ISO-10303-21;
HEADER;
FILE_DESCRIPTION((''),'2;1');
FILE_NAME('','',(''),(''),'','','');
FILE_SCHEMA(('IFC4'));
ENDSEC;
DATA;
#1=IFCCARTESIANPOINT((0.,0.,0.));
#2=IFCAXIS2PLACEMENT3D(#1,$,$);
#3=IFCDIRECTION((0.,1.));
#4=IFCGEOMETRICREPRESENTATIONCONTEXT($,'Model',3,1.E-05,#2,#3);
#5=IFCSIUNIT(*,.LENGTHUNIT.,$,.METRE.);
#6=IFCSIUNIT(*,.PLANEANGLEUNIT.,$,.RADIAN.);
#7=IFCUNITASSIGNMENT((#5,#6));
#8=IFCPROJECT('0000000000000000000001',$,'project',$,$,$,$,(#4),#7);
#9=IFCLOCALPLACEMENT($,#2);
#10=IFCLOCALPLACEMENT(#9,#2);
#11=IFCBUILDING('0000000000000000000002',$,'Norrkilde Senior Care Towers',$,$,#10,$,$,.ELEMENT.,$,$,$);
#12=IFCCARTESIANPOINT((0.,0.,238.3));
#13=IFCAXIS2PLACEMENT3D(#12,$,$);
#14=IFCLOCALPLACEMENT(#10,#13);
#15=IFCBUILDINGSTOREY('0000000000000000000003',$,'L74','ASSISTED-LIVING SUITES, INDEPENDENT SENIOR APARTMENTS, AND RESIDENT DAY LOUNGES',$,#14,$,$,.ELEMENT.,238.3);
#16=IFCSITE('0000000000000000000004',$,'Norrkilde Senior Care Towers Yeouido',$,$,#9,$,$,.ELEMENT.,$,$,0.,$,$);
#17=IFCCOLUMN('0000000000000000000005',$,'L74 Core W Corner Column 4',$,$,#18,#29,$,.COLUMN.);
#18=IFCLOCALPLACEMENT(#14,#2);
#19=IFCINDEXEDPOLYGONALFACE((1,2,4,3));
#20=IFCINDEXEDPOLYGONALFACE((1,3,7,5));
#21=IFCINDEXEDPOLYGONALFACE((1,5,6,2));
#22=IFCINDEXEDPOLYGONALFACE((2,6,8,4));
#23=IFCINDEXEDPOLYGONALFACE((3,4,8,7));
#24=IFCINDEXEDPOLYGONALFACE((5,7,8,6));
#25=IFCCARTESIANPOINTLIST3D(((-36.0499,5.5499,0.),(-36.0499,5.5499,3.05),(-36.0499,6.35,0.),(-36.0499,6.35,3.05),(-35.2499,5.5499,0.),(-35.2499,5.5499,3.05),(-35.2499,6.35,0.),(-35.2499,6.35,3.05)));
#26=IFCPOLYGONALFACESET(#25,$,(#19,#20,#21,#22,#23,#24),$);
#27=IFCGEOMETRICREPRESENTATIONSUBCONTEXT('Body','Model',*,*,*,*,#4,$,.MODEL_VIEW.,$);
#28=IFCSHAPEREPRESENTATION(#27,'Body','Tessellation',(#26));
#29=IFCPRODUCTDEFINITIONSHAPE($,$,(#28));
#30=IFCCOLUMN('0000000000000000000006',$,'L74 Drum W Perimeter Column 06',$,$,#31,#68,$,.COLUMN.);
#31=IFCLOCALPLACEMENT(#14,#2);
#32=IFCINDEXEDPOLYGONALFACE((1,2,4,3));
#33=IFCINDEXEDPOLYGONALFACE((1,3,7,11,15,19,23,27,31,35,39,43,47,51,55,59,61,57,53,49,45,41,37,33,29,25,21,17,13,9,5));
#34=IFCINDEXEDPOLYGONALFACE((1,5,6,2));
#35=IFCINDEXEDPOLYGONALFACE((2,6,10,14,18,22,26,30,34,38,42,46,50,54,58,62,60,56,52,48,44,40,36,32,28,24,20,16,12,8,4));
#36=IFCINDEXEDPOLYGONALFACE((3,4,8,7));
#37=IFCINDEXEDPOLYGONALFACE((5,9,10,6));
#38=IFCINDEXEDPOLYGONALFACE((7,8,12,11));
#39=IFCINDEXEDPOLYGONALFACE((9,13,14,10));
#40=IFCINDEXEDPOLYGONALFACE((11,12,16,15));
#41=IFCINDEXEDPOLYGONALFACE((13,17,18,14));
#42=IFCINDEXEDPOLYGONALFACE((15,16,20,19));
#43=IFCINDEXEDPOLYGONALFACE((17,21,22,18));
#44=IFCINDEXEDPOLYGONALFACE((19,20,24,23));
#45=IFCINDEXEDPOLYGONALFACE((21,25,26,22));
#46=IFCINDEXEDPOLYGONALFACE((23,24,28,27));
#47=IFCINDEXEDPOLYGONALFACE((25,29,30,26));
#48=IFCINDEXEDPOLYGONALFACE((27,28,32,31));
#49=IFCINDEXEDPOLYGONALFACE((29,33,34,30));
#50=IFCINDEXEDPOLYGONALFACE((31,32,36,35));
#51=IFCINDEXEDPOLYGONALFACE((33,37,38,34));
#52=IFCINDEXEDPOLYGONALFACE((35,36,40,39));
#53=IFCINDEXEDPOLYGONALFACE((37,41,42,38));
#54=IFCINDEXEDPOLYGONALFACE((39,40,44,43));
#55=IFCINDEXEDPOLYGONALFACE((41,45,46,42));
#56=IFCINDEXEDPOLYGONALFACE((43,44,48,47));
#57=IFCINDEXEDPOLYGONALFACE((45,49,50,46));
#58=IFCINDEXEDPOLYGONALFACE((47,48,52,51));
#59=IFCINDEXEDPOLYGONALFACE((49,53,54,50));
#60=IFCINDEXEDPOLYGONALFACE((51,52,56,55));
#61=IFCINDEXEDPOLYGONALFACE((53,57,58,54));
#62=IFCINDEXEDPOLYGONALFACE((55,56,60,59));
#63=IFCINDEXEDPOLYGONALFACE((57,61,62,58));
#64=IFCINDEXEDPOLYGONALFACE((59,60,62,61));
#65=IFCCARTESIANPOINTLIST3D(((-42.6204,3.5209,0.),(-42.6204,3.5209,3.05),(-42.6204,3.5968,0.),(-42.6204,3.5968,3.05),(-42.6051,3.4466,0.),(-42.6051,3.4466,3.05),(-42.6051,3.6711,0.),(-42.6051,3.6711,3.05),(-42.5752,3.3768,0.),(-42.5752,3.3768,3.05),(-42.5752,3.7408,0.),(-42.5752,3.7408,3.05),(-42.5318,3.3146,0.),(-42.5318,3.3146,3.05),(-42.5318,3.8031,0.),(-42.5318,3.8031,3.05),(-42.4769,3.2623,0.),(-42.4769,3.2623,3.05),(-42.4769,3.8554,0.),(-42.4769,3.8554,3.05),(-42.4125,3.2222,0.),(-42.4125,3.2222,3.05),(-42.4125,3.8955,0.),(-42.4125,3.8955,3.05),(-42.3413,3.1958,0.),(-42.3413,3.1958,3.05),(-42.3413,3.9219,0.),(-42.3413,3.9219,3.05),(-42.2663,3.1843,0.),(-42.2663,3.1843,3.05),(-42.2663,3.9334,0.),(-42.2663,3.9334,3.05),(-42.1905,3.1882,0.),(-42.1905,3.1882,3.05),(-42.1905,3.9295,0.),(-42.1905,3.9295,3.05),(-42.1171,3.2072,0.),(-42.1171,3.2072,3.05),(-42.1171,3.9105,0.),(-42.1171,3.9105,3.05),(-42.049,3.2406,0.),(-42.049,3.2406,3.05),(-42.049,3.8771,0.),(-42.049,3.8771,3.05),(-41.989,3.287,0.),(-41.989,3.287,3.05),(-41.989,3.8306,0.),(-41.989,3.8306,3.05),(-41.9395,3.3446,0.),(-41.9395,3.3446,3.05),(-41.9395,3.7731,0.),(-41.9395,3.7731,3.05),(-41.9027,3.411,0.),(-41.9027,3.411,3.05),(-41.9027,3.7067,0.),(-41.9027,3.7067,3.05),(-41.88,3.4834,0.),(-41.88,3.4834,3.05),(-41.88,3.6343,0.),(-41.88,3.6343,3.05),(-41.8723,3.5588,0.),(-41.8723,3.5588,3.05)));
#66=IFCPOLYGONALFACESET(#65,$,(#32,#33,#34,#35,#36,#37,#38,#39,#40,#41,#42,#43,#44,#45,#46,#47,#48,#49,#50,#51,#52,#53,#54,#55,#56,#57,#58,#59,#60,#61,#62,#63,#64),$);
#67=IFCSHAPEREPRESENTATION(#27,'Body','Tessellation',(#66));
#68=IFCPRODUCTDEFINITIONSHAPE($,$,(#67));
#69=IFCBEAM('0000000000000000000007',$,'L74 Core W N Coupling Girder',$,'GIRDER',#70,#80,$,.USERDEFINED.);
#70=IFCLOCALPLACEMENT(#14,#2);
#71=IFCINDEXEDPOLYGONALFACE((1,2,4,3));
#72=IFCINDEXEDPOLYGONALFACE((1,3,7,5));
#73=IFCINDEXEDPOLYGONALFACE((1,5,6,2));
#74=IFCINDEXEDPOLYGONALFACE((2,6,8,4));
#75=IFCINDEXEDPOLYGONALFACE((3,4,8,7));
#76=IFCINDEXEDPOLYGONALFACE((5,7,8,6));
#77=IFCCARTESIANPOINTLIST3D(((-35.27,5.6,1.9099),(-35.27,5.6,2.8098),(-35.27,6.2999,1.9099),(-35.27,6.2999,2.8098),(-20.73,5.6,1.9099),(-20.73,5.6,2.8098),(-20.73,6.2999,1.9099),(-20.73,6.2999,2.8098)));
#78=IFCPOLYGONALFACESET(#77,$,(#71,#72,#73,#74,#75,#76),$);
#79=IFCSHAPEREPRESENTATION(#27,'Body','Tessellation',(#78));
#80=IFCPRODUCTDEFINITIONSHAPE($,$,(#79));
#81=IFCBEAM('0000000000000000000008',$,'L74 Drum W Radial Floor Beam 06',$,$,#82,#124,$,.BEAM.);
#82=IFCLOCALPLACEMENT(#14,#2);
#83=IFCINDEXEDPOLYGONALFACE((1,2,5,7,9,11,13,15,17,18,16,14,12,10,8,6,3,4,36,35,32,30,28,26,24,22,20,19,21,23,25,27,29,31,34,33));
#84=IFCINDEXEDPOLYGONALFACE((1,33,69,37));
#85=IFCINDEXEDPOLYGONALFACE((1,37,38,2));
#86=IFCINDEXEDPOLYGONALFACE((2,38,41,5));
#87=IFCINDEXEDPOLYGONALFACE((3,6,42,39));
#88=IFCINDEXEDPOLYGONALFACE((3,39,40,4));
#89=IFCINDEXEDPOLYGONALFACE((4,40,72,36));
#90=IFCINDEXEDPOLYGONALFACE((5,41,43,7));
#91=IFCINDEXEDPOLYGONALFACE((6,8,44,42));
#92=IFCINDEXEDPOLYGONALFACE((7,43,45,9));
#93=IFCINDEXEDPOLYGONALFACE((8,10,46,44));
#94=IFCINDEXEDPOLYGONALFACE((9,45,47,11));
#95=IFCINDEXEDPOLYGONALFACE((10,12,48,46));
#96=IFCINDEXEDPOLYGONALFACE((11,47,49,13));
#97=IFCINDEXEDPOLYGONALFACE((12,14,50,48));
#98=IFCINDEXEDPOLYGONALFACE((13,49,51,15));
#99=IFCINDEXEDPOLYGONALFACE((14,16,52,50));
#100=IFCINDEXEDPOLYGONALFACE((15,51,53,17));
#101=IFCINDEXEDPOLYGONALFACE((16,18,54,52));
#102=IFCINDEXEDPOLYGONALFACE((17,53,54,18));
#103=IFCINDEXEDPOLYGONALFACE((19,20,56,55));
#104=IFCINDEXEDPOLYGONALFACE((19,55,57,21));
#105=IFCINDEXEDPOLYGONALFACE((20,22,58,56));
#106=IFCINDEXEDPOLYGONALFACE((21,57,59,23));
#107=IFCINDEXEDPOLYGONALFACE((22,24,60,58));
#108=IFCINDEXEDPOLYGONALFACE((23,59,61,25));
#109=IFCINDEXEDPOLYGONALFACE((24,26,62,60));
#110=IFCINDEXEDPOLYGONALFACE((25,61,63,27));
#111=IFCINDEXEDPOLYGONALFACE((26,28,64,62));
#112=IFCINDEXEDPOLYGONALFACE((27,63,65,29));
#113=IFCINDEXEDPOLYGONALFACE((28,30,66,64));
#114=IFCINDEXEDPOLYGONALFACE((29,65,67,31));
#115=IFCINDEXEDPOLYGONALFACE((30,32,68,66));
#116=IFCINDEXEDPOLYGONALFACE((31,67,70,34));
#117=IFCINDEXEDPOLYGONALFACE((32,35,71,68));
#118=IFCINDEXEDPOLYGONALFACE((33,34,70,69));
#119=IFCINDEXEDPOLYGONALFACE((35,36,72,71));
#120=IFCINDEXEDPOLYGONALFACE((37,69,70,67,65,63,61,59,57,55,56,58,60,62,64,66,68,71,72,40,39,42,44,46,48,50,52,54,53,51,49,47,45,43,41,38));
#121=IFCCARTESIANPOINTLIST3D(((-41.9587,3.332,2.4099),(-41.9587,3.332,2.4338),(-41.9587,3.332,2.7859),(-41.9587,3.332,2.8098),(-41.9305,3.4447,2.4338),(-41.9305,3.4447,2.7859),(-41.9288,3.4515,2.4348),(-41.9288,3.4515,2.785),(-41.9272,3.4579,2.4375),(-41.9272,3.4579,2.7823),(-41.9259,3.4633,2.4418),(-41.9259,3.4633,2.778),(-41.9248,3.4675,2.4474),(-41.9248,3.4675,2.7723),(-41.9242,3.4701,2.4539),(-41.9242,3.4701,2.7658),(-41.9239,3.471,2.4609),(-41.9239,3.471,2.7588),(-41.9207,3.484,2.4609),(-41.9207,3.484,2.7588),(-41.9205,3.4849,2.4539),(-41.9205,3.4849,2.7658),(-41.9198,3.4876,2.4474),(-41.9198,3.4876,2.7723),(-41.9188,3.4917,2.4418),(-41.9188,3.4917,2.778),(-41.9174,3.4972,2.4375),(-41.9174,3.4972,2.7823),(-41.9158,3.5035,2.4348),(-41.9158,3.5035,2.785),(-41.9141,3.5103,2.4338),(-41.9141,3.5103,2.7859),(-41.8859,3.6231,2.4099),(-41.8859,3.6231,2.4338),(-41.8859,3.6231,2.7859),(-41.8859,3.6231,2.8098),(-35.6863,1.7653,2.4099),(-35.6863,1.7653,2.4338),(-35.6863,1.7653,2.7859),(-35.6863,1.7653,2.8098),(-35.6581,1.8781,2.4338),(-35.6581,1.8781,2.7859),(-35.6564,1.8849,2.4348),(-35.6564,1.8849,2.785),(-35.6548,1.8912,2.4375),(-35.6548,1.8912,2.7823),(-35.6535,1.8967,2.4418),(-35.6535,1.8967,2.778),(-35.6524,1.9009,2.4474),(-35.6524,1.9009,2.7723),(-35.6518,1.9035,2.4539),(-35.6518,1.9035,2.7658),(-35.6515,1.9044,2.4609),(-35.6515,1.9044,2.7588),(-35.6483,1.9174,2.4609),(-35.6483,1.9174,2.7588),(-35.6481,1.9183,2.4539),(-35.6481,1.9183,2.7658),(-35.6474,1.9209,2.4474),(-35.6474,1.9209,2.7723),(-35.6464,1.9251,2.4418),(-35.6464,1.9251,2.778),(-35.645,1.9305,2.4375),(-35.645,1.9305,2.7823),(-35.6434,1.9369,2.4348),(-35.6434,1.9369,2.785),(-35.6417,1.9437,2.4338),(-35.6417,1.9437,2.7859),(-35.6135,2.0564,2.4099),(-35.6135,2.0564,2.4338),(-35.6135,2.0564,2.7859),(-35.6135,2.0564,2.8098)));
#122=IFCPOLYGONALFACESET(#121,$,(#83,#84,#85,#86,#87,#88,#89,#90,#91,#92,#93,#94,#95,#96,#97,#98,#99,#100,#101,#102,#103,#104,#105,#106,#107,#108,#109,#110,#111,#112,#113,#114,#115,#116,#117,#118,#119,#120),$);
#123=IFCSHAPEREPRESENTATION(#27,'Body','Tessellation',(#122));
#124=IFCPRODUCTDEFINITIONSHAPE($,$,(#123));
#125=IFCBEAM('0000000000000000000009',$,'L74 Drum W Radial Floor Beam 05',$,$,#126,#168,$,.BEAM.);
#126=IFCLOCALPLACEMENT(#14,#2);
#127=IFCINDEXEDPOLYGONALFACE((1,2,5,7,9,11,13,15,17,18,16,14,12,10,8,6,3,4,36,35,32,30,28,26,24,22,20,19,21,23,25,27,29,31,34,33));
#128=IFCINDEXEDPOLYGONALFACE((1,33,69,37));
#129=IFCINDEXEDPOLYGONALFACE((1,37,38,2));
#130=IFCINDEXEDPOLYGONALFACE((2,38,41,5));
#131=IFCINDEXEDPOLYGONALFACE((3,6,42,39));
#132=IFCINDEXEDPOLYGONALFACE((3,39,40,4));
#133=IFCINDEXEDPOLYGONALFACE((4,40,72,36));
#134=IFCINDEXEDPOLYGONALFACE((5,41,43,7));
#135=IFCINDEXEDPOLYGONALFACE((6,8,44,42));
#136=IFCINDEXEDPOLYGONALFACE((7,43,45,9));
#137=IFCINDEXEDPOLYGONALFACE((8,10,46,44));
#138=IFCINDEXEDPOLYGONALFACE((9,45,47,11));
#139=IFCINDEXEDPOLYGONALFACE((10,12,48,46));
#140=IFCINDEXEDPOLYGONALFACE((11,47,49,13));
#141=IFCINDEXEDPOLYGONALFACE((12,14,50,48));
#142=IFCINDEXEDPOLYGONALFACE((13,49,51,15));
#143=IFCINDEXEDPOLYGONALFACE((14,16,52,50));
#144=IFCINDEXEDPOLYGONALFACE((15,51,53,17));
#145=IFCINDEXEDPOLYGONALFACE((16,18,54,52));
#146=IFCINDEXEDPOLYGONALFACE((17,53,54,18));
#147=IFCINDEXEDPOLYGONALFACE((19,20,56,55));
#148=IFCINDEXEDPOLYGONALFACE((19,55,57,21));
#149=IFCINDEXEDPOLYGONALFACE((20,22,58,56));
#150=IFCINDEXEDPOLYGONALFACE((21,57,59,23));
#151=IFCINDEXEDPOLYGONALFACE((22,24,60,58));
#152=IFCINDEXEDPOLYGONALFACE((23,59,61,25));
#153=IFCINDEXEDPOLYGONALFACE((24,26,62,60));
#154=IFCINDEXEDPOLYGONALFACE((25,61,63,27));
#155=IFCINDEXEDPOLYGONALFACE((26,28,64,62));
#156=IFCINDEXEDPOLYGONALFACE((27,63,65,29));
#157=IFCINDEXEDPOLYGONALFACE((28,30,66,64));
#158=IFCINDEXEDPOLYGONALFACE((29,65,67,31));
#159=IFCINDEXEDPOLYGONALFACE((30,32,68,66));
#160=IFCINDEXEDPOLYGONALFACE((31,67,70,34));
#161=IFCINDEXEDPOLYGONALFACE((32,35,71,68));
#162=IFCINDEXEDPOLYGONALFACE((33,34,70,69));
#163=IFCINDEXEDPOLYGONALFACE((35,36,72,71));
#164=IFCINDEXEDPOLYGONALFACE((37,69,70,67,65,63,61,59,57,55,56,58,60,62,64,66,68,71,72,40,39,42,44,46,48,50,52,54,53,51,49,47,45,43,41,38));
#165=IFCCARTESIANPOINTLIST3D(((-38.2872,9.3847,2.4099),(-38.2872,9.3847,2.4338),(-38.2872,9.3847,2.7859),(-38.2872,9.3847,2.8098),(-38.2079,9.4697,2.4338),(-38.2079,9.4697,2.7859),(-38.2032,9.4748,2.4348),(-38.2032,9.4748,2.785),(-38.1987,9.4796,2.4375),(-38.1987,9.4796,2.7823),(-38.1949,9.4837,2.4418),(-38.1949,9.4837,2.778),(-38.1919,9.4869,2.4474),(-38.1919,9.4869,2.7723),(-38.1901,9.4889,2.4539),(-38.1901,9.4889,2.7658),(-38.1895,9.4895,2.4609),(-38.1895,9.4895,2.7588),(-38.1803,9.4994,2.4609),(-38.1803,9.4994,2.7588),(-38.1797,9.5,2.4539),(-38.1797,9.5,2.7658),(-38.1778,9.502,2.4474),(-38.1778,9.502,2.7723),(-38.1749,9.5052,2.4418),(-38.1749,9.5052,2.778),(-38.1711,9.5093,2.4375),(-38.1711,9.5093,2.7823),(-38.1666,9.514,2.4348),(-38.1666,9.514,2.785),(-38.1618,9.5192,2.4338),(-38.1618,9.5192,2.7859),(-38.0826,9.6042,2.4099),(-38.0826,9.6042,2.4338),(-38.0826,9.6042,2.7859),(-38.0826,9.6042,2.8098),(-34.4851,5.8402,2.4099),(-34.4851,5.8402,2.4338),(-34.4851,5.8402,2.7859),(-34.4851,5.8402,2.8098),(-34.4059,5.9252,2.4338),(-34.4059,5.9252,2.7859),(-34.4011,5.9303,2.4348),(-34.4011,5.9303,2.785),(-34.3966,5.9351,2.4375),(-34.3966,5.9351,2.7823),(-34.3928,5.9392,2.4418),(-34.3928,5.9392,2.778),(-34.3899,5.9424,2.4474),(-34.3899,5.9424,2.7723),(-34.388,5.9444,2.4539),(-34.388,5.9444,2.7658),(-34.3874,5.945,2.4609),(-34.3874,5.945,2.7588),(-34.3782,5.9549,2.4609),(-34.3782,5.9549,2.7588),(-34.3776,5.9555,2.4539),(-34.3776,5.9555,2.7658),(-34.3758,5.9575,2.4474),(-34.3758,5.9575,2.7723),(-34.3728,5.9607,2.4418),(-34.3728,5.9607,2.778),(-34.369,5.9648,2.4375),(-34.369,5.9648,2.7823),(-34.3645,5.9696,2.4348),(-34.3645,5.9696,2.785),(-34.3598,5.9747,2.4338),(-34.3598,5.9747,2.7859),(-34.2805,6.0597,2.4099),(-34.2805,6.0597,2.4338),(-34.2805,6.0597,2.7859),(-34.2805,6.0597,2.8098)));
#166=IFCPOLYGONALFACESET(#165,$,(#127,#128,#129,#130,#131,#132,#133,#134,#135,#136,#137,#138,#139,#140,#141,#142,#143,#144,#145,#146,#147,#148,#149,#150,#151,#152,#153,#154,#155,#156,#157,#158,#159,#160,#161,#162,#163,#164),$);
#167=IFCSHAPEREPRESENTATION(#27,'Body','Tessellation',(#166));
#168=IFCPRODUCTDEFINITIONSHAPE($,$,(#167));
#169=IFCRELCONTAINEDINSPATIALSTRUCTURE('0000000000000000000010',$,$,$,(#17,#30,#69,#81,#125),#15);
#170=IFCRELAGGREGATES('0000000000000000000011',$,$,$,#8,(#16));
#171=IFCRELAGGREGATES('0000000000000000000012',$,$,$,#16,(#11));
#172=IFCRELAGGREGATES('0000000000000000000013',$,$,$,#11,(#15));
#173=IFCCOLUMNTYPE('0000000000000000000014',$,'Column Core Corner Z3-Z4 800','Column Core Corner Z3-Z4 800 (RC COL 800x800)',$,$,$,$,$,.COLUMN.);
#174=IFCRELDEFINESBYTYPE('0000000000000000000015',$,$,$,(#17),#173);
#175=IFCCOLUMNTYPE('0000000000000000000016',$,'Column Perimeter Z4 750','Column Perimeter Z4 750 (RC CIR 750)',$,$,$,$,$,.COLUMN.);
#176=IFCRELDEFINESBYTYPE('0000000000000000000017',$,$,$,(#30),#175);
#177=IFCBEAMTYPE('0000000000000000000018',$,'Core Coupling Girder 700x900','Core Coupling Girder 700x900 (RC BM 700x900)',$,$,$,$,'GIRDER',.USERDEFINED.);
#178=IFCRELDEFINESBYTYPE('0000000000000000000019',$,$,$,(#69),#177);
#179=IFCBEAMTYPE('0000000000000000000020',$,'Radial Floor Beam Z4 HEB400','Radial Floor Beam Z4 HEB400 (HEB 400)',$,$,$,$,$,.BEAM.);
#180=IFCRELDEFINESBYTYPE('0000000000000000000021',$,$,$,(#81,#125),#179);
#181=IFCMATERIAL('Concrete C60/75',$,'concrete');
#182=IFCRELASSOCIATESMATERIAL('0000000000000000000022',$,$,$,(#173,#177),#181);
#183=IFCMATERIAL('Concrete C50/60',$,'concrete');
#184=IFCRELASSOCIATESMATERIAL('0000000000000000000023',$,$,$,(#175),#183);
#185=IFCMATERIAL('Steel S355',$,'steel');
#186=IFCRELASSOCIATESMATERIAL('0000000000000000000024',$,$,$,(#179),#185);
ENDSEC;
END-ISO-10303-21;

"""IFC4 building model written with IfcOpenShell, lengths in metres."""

from ifc_helpers import new_model, si_unit, direction, frame, origin, origin_2d, place, context, subcontext, project, spatial, rectangle, circle, i_section, extrude, source, transform, mapped, material, material_profile, profile_set, type_object, type_shapes, element, save


model = new_model("IFC4")

# Units and contexts
model_context = context("Model", 3, precision=1e-05, world=origin(), true_north=direction((0.0, 1.0)))
body_context = subcontext(model_context, "Body", "Model", "MODEL_VIEW")
ifc_project = project(units=[si_unit("LENGTHUNIT", "METRE"), si_unit("PLANEANGLEUNIT", "RADIAN")], contexts=[model_context])

# Site, building, storey
site_placement = place(None, origin())
site = spatial("IfcSite", under=ifc_project, at=site_placement, Name="Norrkilde Senior Care Towers Yeouido", CompositionType="ELEMENT", RefElevation=0.0)
building_placement = place(site_placement, origin())
building = spatial("IfcBuilding", under=site, at=building_placement, Name="Norrkilde Senior Care Towers", CompositionType="ELEMENT")
storey_placement = place(building_placement, frame((0.0, 0.0, 238.3)))
storey = spatial("IfcBuildingStorey", under=building, at=storey_placement, Name="L74", Description="ASSISTED-LIVING SUITES, INDEPENDENT SENIOR APARTMENTS, AND RESIDENT DAY LOUNGES", CompositionType="ELEMENT", Elevation=238.3)

# Columns
ifc_material_1 = material(Name="Concrete C60/75", Category="concrete")
ifc_material_profile_1 = material_profile(ifc_material_1, rectangle(XDim=0.8, YDim=0.8, at=origin_2d()), Name="RC COL 800x800")
ifc_profile_set_1 = profile_set([ifc_material_profile_1], Name="Concrete C60/75")
column_type_1 = type_object("IfcColumnType", Name="Column Core Corner Z3-Z4 800", Description="Column Core Corner Z3-Z4 800 (RC COL 800x800)", PredefinedType="COLUMN", material=ifc_profile_set_1)
shared_shape_1 = source(origin(), body_context, "Body", "SweptSolid", [
    extrude(rectangle(XDim=0.8, YDim=0.8, at=origin_2d()), origin(), (0.0, 0.0, 1.0), 3.05),
])
type_shapes(column_type_1, [shared_shape_1])
column_1_placement = place(storey_placement, frame((-35.6499, 5.95, 0.0), z_axis=(0.0, 0.0, 1.0), x_axis=(1.0, 0.0, 0.0)))
element("IfcColumn", 1, at=column_1_placement, inside=storey, type_object=column_type_1, Name="L74 Core W Corner Column 4", PredefinedType="COLUMN", context=body_context, shape_type="MappedRepresentation", body=[
    mapped(shared_shape_1, transform((0.0, 0.0, 0.0), x_axis=(1.0, 0.0, 0.0), y_axis=(0.0, 1.0, 0.0), z_axis=(0.0, 0.0, 1.0), scale=1.0)),
])
ifc_material_2 = material(Name="Concrete C50/60", Category="concrete")
ifc_material_profile_2 = material_profile(ifc_material_2, circle(Radius=0.375, at=origin_2d()), Name="RC CIR 750")
ifc_profile_set_2 = profile_set([ifc_material_profile_2], Name="Concrete C50/60")
column_type_2 = type_object("IfcColumnType", Name="Column Perimeter Z4 750", Description="Column Perimeter Z4 750 (RC CIR 750)", PredefinedType="COLUMN", material=ifc_profile_set_2)
shared_shape_2 = source(origin(), body_context, "Body", "SweptSolid", [
    extrude(circle(Radius=0.375, at=origin_2d()), origin(), (0.0, 0.0, 1.0), 3.05),
])
type_shapes(column_type_2, [shared_shape_2])
column_2_placement = place(storey_placement, frame((-42.2473, 3.5588, 0.0), z_axis=(0.0, 0.0, 1.0), x_axis=(1.0, 0.0, 0.0)))
element("IfcColumn", 2, at=column_2_placement, inside=storey, type_object=column_type_2, Name="L74 Drum W Perimeter Column 06", PredefinedType="COLUMN", context=body_context, shape_type="MappedRepresentation", body=[
    mapped(shared_shape_2, transform((0.0, 0.0, 0.0), x_axis=(1.0, 0.0, 0.0), y_axis=(0.0, 1.0, 0.0), z_axis=(0.0, 0.0, 1.0), scale=1.0)),
])

# Beams
ifc_material_profile_3 = material_profile(ifc_material_1, rectangle(XDim=0.7, YDim=0.8999, at=origin_2d()), Name="RC BM 700x900")
ifc_profile_set_3 = profile_set([ifc_material_profile_3], Name="Concrete C60/75")
beam_type_1 = type_object("IfcBeamType", Name="Core Coupling Girder 700x900", Description="Core Coupling Girder 700x900 (RC BM 700x900)", ElementType="GIRDER", PredefinedType="USERDEFINED", material=ifc_profile_set_3)
shared_shape_3 = source(origin(), body_context, "Body", "SweptSolid", [
    extrude(rectangle(XDim=0.7, YDim=0.8999, at=origin_2d()), origin(), (0.0, 0.0, 1.0), 14.54),
])
type_shapes(beam_type_1, [shared_shape_3])
beam_1_placement = place(storey_placement, frame((-35.27, 5.95, 2.3599), z_axis=(1.0, 0.0, 0.0), x_axis=(0.0, 1.0, 0.0)))
element("IfcBeam", 3, at=beam_1_placement, inside=storey, type_object=beam_type_1, Name="L74 Core W N Coupling Girder", ObjectType="GIRDER", PredefinedType="USERDEFINED", context=body_context, shape_type="MappedRepresentation", body=[
    mapped(shared_shape_3, transform((0.0, 0.0, 0.0), x_axis=(1.0, 0.0, 0.0), y_axis=(0.0, 1.0, 0.0), z_axis=(0.0, 0.0, 1.0), scale=1.0)),
])
ifc_material_3 = material(Name="Steel S355", Category="steel")
ifc_material_profile_4 = material_profile(ifc_material_3, i_section(OverallWidth=0.3, OverallDepth=0.3999, WebThickness=0.0134, FlangeThickness=0.0239, FilletRadius=0.0271, at=origin_2d()), Name="HEB 400")
ifc_profile_set_4 = profile_set([ifc_material_profile_4], Name="Steel S355")
beam_type_2 = type_object("IfcBeamType", Name="Radial Floor Beam Z4 HEB400", Description="Radial Floor Beam Z4 HEB400 (HEB 400)", PredefinedType="BEAM", material=ifc_profile_set_4)
shared_shape_4 = source(origin(), body_context, "Body", "SweptSolid", [
    extrude(i_section(OverallWidth=0.3, OverallDepth=0.3999, WebThickness=0.0134, FlangeThickness=0.0239, FilletRadius=0.0271, at=origin_2d()), origin(), (0.0, 0.0, 1.0), 6.4651),
])
beam_2_placement = place(storey_placement, frame((-35.6499, 1.9109, 2.6099), z_axis=(-0.970196, 0.242322, 0.0), x_axis=(-0.242322, -0.970196, 0.0)))
element("IfcBeam", 4, at=beam_2_placement, inside=storey, type_object=beam_type_2, Name="L74 Drum W Radial Floor Beam 06", PredefinedType="BEAM", context=body_context, shape_type="MappedRepresentation", body=[
    mapped(shared_shape_4, transform((0.0, 0.0, 0.0), x_axis=(1.0, 0.0, 0.0), y_axis=(0.0, 1.0, 0.0), z_axis=(0.0, 0.0, 1.0), scale=1.0)),
])
shared_shape_5 = source(origin(), body_context, "Body", "SweptSolid", [
    extrude(i_section(OverallWidth=0.3, OverallDepth=0.3999, WebThickness=0.0134, FlangeThickness=0.0239, FilletRadius=0.0271, at=origin_2d()), origin(), (0.0, 0.0, 1.0), 5.198),
])
type_shapes(beam_type_2, [shared_shape_4, shared_shape_5])
beam_3_placement = place(storey_placement, frame((-34.3828, 5.95, 2.6099), z_axis=(-0.731449, 0.681896, 0.0), x_axis=(-0.681896, -0.731449, 0.0)))
element("IfcBeam", 5, at=beam_3_placement, inside=storey, type_object=beam_type_2, Name="L74 Drum W Radial Floor Beam 05", PredefinedType="BEAM", context=body_context, shape_type="MappedRepresentation", body=[
    mapped(shared_shape_5, transform((0.0, 0.0, 0.0), x_axis=(1.0, 0.0, 0.0), y_axis=(0.0, 1.0, 0.0), z_axis=(0.0, 0.0, 1.0), scale=1.0)),
])

save(model, "model.ifc")
